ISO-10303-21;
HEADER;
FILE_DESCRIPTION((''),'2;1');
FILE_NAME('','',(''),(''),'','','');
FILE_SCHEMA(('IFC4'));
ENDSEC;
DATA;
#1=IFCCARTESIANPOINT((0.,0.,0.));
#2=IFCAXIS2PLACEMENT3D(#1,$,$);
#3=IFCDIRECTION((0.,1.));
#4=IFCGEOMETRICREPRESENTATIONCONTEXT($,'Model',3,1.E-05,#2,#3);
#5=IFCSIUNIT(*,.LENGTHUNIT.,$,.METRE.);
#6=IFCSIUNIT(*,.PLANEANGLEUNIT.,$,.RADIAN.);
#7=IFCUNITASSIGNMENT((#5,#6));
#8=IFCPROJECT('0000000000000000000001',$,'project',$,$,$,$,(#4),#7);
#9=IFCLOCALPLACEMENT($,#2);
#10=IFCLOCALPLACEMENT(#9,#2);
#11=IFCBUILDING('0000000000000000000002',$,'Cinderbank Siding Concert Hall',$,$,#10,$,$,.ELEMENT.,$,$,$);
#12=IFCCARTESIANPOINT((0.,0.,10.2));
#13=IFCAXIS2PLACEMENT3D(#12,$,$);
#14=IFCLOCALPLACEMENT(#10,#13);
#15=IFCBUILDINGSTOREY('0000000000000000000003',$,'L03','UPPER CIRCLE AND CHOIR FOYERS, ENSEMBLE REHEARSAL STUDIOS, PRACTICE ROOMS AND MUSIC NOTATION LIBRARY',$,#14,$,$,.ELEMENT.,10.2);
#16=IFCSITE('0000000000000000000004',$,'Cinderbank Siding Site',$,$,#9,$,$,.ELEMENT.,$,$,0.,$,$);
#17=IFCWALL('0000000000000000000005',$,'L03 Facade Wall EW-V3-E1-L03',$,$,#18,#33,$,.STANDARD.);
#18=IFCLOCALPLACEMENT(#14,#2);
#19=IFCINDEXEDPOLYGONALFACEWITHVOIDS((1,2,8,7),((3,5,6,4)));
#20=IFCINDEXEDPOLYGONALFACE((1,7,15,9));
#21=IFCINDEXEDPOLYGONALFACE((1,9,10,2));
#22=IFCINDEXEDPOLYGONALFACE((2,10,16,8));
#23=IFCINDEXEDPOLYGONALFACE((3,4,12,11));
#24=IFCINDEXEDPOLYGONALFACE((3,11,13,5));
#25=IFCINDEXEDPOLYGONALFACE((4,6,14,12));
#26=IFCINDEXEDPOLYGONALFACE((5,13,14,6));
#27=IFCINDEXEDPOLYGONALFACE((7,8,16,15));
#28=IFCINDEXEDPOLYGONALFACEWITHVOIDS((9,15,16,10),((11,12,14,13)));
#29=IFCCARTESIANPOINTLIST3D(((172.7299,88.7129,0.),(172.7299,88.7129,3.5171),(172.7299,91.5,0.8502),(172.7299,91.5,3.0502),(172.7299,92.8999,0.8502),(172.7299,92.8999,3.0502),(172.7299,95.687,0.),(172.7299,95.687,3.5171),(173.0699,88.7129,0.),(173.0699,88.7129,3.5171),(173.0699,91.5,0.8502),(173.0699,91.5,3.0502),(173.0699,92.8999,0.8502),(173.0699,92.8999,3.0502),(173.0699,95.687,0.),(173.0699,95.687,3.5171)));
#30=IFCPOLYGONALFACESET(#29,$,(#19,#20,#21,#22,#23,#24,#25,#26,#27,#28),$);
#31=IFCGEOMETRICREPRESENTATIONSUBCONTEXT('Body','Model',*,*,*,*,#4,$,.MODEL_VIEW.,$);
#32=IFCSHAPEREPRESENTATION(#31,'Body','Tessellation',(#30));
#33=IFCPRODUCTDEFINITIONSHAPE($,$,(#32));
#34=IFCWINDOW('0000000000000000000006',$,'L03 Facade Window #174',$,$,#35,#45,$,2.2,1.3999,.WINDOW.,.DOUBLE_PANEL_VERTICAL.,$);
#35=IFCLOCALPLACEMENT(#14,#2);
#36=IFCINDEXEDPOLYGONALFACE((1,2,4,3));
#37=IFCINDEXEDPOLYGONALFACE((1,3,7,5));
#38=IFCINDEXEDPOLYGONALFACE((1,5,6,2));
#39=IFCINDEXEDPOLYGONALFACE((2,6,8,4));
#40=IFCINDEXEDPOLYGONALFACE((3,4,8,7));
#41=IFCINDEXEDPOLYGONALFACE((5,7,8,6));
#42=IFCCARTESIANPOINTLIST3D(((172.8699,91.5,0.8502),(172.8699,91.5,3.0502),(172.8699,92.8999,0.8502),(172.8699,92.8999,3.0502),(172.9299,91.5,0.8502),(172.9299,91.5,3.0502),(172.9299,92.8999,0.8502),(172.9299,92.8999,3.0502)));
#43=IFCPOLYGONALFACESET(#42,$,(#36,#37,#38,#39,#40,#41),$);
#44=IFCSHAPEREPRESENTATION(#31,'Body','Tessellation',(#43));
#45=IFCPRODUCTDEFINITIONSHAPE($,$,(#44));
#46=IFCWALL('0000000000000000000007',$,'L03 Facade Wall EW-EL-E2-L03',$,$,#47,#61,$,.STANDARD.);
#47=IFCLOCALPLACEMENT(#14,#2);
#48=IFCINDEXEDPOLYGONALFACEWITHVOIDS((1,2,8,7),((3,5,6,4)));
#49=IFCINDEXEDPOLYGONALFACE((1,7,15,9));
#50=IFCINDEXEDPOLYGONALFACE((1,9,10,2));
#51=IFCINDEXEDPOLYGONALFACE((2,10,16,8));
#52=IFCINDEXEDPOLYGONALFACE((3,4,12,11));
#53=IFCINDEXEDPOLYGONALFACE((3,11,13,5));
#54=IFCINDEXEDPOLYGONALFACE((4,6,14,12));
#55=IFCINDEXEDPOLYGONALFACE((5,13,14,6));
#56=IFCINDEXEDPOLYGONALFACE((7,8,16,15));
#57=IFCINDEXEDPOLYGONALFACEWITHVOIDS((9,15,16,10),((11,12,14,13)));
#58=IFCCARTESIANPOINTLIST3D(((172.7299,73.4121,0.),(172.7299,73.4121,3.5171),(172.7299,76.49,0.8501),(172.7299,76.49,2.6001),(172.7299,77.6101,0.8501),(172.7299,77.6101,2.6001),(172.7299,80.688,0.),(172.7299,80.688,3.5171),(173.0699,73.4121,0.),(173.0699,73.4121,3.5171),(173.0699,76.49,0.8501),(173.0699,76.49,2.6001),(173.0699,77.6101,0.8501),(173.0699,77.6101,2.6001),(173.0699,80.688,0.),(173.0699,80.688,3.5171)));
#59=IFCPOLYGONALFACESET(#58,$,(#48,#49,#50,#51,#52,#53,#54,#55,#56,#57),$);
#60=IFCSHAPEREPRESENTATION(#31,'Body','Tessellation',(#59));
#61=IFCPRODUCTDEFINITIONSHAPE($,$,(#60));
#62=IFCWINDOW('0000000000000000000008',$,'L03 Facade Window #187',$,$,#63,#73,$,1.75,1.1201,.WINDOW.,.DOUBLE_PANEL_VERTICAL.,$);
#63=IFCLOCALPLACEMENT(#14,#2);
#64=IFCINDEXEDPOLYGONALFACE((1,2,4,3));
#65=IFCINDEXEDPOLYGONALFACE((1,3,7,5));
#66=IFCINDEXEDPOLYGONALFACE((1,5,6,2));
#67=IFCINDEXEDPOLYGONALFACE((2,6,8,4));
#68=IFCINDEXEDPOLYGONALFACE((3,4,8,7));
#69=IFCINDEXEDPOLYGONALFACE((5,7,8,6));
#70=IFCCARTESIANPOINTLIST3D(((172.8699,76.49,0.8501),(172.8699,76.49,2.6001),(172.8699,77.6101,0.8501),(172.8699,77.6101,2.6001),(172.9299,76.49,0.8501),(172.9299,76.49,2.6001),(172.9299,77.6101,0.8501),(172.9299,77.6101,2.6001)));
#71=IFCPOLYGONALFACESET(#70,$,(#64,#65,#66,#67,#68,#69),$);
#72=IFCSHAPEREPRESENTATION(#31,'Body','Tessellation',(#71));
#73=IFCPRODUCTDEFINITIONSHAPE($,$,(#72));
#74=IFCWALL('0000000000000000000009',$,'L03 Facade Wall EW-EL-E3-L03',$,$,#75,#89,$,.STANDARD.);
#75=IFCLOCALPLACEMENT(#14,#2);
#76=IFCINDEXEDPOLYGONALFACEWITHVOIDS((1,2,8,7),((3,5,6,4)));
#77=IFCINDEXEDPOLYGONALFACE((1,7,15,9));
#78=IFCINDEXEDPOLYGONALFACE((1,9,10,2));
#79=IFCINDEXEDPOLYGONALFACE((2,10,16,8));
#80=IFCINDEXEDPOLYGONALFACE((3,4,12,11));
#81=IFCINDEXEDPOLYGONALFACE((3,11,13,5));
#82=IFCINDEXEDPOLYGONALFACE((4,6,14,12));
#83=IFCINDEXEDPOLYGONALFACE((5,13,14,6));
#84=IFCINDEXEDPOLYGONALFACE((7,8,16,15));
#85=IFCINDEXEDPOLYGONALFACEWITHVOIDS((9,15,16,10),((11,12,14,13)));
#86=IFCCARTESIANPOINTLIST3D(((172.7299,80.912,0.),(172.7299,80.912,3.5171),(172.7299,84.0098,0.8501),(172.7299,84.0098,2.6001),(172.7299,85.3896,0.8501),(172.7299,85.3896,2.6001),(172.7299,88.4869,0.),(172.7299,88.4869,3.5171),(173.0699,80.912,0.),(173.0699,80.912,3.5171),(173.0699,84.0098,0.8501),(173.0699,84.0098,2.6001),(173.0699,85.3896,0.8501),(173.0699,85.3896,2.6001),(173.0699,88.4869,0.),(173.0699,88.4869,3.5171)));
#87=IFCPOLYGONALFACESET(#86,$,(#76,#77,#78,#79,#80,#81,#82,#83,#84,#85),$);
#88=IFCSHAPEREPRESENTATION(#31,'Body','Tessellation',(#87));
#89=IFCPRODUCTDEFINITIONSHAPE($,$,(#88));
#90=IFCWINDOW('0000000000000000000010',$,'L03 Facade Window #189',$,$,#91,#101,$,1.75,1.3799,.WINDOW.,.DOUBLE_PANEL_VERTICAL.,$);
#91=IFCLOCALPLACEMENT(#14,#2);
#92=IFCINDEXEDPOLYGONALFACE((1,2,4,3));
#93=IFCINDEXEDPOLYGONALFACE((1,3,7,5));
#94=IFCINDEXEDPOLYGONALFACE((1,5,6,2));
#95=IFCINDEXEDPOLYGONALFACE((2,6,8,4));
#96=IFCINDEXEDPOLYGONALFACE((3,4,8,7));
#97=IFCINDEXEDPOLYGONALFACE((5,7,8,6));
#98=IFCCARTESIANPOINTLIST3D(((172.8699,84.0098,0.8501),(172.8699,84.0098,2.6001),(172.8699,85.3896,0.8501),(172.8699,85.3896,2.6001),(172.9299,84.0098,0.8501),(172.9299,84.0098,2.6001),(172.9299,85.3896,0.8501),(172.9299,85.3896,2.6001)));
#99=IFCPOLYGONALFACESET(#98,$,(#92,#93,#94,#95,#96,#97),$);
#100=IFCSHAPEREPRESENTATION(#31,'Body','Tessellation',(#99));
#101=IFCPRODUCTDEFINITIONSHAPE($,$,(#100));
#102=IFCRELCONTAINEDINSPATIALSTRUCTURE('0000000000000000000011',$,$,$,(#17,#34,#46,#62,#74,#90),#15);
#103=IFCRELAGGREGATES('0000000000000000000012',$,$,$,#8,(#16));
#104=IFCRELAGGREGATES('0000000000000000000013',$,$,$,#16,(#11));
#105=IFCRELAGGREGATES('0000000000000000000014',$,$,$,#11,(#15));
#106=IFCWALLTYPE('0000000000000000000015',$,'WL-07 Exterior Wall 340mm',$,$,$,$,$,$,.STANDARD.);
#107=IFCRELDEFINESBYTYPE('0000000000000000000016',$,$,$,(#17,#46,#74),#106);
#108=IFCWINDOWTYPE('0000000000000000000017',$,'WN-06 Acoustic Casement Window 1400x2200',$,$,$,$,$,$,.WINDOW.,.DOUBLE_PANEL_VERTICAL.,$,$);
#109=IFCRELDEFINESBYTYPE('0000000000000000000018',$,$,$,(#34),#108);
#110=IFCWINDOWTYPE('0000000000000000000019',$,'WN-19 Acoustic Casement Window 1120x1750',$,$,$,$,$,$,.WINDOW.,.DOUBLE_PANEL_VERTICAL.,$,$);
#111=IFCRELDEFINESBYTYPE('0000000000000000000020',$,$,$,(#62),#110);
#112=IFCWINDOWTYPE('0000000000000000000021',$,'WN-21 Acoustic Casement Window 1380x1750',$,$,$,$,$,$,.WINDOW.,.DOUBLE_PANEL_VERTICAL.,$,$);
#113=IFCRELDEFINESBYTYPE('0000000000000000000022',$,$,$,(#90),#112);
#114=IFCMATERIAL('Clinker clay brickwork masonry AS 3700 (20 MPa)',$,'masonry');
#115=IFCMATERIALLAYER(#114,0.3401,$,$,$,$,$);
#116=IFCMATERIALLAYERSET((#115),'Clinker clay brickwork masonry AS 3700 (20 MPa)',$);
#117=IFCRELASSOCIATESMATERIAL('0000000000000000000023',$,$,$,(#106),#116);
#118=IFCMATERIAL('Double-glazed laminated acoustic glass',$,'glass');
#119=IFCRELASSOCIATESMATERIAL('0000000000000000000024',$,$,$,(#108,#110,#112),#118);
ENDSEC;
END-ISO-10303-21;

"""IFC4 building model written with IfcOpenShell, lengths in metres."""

from ifc_helpers import new_model, si_unit, direction, frame, frame_2d, origin, place, context, subcontext, project, spatial, rectangle, extrude, material, layer, layer_set, type_object, element, fill, save


model = new_model("IFC4")

# Units and contexts
model_context = context("Model", 3, precision=1e-05, world=origin(), true_north=direction((0.0, 1.0)))
body_context = subcontext(model_context, "Body", "Model", "MODEL_VIEW")
ifc_project = project(units=[si_unit("LENGTHUNIT", "METRE"), si_unit("PLANEANGLEUNIT", "RADIAN")], contexts=[model_context])

# Site, building, storey
site_placement = place(None, origin())
site = spatial("IfcSite", under=ifc_project, at=site_placement, Name="Cinderbank Siding Site", CompositionType="ELEMENT", RefElevation=0.0)
building_placement = place(site_placement, origin())
building = spatial("IfcBuilding", under=site, at=building_placement, Name="Cinderbank Siding Concert Hall", CompositionType="ELEMENT")
storey_placement = place(building_placement, frame((0.0, 0.0, 10.2)))
storey = spatial("IfcBuildingStorey", under=building, at=storey_placement, Name="L03", Description="UPPER CIRCLE AND CHOIR FOYERS, ENSEMBLE REHEARSAL STUDIOS, PRACTICE ROOMS AND MUSIC NOTATION LIBRARY", CompositionType="ELEMENT", Elevation=10.2)

# Walls, openings, windows
ifc_material_1 = material(Name="Clinker clay brickwork masonry AS 3700 (20 MPa)", Category="masonry")
ifc_layer_1 = layer(ifc_material_1, 0.3401)
ifc_layer_set_1 = layer_set([ifc_layer_1], Name="Clinker clay brickwork masonry AS 3700 (20 MPa)")
wall_type_1 = type_object("IfcWallType", Name="WL-07 Exterior Wall 340mm", PredefinedType="STANDARD", material=ifc_layer_set_1)
wall_1_placement = place(storey_placement, frame((172.8999, 95.687, 0.0), z_axis=(0.0, 0.0, 1.0), x_axis=(0.0, -1.0, 0.0)))
wall_1 = element("IfcWall", 1, at=wall_1_placement, inside=storey, type_object=wall_type_1, Name="L03 Facade Wall EW-V3-E1-L03", PredefinedType="STANDARD", context=body_context, shape_type="SweptSolid", body=[
    extrude(rectangle(XDim=6.9741, YDim=0.3401, at=frame_2d((3.4871, 0.0))), origin(), (0.0, 0.0, 1.0), 3.5171),
])
opening_1_placement = place(wall_1_placement, frame((2.7871, 0.0, 0.8501)))
opening_1 = element("IfcOpeningElement", 2, at=opening_1_placement, cuts=wall_1, PredefinedType="OPENING", context=body_context, shape_type="SweptSolid", body=[
    extrude(rectangle(XDim=1.3999, YDim=2.2, at=frame_2d((0.7, 1.1001))), frame((0.0, 0.1821, 0.0), z_axis=(0.0, -1.0, 0.0), x_axis=(1.0, 0.0, 0.0)), (0.0, 0.0, 1.0), 0.364),
])
ifc_material_2 = material(Name="Double-glazed laminated acoustic glass", Category="glass")
window_type_1 = type_object("IfcWindowType", Name="WN-06 Acoustic Casement Window 1400x2200", PartitioningType="DOUBLE_PANEL_VERTICAL", PredefinedType="WINDOW", material=ifc_material_2)
window_1_placement = place(opening_1_placement, origin())
window_1 = element("IfcWindow", 3, at=window_1_placement, inside=storey, type_object=window_type_1, Name="L03 Facade Window #174", OverallHeight=2.2, OverallWidth=1.3999, PartitioningType="DOUBLE_PANEL_VERTICAL", PredefinedType="WINDOW", context=body_context, shape_type="SweptSolid", body=[
    extrude(rectangle(XDim=1.3999, YDim=2.2, at=frame_2d((0.7, 1.1001))), frame((0.0, 0.03, 0.0), z_axis=(0.0, -1.0, 0.0), x_axis=(1.0, 0.0, 0.0)), (0.0, 0.0, 1.0), 0.0601),
])
fill(opening_1, window_1)
wall_2_placement = place(storey_placement, frame((172.8999, 80.688, 0.0), z_axis=(0.0, 0.0, 1.0), x_axis=(0.0, -1.0, 0.0)))
wall_2 = element("IfcWall", 4, at=wall_2_placement, inside=storey, type_object=wall_type_1, Name="L03 Facade Wall EW-EL-E2-L03", PredefinedType="STANDARD", context=body_context, shape_type="SweptSolid", body=[
    extrude(rectangle(XDim=7.2759, YDim=0.3401, at=frame_2d((3.6379, 0.0))), origin(), (0.0, 0.0, 1.0), 3.5171),
])
opening_2_placement = place(wall_2_placement, frame((3.0779, 0.0, 0.8501)))
opening_2 = element("IfcOpeningElement", 5, at=opening_2_placement, cuts=wall_2, PredefinedType="OPENING", context=body_context, shape_type="SweptSolid", body=[
    extrude(rectangle(XDim=1.1201, YDim=1.75, at=frame_2d((0.5601, 0.875))), frame((0.0, 0.1821, 0.0), z_axis=(0.0, -1.0, 0.0), x_axis=(1.0, 0.0, 0.0)), (0.0, 0.0, 1.0), 0.364),
])
window_type_2 = type_object("IfcWindowType", Name="WN-19 Acoustic Casement Window 1120x1750", PartitioningType="DOUBLE_PANEL_VERTICAL", PredefinedType="WINDOW", material=ifc_material_2)
window_2_placement = place(opening_2_placement, origin())
window_2 = element("IfcWindow", 6, at=window_2_placement, inside=storey, type_object=window_type_2, Name="L03 Facade Window #187", OverallHeight=1.75, OverallWidth=1.1201, PartitioningType="DOUBLE_PANEL_VERTICAL", PredefinedType="WINDOW", context=body_context, shape_type="SweptSolid", body=[
    extrude(rectangle(XDim=1.1201, YDim=1.75, at=frame_2d((0.5601, 0.875))), frame((0.0, 0.03, 0.0), z_axis=(0.0, -1.0, 0.0), x_axis=(1.0, 0.0, 0.0)), (0.0, 0.0, 1.0), 0.0601),
])
fill(opening_2, window_2)
wall_3_placement = place(storey_placement, frame((172.8999, 88.4871, 0.0), z_axis=(0.0, 0.0, 1.0), x_axis=(0.0, -1.0, 0.0)))
wall_3 = element("IfcWall", 7, at=wall_3_placement, inside=storey, type_object=wall_type_1, Name="L03 Facade Wall EW-EL-E3-L03", PredefinedType="STANDARD", context=body_context, shape_type="SweptSolid", body=[
    extrude(rectangle(XDim=7.575, YDim=0.3401, at=frame_2d((3.7876, 0.0))), origin(), (0.0, 0.0, 1.0), 3.5171),
])
opening_3_placement = place(wall_3_placement, frame((3.0974, 0.0, 0.8501)))
opening_3 = element("IfcOpeningElement", 8, at=opening_3_placement, cuts=wall_3, PredefinedType="OPENING", context=body_context, shape_type="SweptSolid", body=[
    extrude(rectangle(XDim=1.3799, YDim=1.75, at=frame_2d((0.6899, 0.875))), frame((0.0, 0.1821, 0.0), z_axis=(0.0, -1.0, 0.0), x_axis=(1.0, 0.0, 0.0)), (0.0, 0.0, 1.0), 0.364),
])
window_type_3 = type_object("IfcWindowType", Name="WN-21 Acoustic Casement Window 1380x1750", PartitioningType="DOUBLE_PANEL_VERTICAL", PredefinedType="WINDOW", material=ifc_material_2)
window_3_placement = place(opening_3_placement, origin())
window_3 = element("IfcWindow", 9, at=window_3_placement, inside=storey, type_object=window_type_3, Name="L03 Facade Window #189", OverallHeight=1.75, OverallWidth=1.3799, PartitioningType="DOUBLE_PANEL_VERTICAL", PredefinedType="WINDOW", context=body_context, shape_type="SweptSolid", body=[
    extrude(rectangle(XDim=1.3799, YDim=1.75, at=frame_2d((0.6899, 0.875))), frame((0.0, 0.03, 0.0), z_axis=(0.0, -1.0, 0.0), x_axis=(1.0, 0.0, 0.0)), (0.0, 0.0, 1.0), 0.0601),
])
fill(opening_3, window_3)

save(model, "model.ifc")
